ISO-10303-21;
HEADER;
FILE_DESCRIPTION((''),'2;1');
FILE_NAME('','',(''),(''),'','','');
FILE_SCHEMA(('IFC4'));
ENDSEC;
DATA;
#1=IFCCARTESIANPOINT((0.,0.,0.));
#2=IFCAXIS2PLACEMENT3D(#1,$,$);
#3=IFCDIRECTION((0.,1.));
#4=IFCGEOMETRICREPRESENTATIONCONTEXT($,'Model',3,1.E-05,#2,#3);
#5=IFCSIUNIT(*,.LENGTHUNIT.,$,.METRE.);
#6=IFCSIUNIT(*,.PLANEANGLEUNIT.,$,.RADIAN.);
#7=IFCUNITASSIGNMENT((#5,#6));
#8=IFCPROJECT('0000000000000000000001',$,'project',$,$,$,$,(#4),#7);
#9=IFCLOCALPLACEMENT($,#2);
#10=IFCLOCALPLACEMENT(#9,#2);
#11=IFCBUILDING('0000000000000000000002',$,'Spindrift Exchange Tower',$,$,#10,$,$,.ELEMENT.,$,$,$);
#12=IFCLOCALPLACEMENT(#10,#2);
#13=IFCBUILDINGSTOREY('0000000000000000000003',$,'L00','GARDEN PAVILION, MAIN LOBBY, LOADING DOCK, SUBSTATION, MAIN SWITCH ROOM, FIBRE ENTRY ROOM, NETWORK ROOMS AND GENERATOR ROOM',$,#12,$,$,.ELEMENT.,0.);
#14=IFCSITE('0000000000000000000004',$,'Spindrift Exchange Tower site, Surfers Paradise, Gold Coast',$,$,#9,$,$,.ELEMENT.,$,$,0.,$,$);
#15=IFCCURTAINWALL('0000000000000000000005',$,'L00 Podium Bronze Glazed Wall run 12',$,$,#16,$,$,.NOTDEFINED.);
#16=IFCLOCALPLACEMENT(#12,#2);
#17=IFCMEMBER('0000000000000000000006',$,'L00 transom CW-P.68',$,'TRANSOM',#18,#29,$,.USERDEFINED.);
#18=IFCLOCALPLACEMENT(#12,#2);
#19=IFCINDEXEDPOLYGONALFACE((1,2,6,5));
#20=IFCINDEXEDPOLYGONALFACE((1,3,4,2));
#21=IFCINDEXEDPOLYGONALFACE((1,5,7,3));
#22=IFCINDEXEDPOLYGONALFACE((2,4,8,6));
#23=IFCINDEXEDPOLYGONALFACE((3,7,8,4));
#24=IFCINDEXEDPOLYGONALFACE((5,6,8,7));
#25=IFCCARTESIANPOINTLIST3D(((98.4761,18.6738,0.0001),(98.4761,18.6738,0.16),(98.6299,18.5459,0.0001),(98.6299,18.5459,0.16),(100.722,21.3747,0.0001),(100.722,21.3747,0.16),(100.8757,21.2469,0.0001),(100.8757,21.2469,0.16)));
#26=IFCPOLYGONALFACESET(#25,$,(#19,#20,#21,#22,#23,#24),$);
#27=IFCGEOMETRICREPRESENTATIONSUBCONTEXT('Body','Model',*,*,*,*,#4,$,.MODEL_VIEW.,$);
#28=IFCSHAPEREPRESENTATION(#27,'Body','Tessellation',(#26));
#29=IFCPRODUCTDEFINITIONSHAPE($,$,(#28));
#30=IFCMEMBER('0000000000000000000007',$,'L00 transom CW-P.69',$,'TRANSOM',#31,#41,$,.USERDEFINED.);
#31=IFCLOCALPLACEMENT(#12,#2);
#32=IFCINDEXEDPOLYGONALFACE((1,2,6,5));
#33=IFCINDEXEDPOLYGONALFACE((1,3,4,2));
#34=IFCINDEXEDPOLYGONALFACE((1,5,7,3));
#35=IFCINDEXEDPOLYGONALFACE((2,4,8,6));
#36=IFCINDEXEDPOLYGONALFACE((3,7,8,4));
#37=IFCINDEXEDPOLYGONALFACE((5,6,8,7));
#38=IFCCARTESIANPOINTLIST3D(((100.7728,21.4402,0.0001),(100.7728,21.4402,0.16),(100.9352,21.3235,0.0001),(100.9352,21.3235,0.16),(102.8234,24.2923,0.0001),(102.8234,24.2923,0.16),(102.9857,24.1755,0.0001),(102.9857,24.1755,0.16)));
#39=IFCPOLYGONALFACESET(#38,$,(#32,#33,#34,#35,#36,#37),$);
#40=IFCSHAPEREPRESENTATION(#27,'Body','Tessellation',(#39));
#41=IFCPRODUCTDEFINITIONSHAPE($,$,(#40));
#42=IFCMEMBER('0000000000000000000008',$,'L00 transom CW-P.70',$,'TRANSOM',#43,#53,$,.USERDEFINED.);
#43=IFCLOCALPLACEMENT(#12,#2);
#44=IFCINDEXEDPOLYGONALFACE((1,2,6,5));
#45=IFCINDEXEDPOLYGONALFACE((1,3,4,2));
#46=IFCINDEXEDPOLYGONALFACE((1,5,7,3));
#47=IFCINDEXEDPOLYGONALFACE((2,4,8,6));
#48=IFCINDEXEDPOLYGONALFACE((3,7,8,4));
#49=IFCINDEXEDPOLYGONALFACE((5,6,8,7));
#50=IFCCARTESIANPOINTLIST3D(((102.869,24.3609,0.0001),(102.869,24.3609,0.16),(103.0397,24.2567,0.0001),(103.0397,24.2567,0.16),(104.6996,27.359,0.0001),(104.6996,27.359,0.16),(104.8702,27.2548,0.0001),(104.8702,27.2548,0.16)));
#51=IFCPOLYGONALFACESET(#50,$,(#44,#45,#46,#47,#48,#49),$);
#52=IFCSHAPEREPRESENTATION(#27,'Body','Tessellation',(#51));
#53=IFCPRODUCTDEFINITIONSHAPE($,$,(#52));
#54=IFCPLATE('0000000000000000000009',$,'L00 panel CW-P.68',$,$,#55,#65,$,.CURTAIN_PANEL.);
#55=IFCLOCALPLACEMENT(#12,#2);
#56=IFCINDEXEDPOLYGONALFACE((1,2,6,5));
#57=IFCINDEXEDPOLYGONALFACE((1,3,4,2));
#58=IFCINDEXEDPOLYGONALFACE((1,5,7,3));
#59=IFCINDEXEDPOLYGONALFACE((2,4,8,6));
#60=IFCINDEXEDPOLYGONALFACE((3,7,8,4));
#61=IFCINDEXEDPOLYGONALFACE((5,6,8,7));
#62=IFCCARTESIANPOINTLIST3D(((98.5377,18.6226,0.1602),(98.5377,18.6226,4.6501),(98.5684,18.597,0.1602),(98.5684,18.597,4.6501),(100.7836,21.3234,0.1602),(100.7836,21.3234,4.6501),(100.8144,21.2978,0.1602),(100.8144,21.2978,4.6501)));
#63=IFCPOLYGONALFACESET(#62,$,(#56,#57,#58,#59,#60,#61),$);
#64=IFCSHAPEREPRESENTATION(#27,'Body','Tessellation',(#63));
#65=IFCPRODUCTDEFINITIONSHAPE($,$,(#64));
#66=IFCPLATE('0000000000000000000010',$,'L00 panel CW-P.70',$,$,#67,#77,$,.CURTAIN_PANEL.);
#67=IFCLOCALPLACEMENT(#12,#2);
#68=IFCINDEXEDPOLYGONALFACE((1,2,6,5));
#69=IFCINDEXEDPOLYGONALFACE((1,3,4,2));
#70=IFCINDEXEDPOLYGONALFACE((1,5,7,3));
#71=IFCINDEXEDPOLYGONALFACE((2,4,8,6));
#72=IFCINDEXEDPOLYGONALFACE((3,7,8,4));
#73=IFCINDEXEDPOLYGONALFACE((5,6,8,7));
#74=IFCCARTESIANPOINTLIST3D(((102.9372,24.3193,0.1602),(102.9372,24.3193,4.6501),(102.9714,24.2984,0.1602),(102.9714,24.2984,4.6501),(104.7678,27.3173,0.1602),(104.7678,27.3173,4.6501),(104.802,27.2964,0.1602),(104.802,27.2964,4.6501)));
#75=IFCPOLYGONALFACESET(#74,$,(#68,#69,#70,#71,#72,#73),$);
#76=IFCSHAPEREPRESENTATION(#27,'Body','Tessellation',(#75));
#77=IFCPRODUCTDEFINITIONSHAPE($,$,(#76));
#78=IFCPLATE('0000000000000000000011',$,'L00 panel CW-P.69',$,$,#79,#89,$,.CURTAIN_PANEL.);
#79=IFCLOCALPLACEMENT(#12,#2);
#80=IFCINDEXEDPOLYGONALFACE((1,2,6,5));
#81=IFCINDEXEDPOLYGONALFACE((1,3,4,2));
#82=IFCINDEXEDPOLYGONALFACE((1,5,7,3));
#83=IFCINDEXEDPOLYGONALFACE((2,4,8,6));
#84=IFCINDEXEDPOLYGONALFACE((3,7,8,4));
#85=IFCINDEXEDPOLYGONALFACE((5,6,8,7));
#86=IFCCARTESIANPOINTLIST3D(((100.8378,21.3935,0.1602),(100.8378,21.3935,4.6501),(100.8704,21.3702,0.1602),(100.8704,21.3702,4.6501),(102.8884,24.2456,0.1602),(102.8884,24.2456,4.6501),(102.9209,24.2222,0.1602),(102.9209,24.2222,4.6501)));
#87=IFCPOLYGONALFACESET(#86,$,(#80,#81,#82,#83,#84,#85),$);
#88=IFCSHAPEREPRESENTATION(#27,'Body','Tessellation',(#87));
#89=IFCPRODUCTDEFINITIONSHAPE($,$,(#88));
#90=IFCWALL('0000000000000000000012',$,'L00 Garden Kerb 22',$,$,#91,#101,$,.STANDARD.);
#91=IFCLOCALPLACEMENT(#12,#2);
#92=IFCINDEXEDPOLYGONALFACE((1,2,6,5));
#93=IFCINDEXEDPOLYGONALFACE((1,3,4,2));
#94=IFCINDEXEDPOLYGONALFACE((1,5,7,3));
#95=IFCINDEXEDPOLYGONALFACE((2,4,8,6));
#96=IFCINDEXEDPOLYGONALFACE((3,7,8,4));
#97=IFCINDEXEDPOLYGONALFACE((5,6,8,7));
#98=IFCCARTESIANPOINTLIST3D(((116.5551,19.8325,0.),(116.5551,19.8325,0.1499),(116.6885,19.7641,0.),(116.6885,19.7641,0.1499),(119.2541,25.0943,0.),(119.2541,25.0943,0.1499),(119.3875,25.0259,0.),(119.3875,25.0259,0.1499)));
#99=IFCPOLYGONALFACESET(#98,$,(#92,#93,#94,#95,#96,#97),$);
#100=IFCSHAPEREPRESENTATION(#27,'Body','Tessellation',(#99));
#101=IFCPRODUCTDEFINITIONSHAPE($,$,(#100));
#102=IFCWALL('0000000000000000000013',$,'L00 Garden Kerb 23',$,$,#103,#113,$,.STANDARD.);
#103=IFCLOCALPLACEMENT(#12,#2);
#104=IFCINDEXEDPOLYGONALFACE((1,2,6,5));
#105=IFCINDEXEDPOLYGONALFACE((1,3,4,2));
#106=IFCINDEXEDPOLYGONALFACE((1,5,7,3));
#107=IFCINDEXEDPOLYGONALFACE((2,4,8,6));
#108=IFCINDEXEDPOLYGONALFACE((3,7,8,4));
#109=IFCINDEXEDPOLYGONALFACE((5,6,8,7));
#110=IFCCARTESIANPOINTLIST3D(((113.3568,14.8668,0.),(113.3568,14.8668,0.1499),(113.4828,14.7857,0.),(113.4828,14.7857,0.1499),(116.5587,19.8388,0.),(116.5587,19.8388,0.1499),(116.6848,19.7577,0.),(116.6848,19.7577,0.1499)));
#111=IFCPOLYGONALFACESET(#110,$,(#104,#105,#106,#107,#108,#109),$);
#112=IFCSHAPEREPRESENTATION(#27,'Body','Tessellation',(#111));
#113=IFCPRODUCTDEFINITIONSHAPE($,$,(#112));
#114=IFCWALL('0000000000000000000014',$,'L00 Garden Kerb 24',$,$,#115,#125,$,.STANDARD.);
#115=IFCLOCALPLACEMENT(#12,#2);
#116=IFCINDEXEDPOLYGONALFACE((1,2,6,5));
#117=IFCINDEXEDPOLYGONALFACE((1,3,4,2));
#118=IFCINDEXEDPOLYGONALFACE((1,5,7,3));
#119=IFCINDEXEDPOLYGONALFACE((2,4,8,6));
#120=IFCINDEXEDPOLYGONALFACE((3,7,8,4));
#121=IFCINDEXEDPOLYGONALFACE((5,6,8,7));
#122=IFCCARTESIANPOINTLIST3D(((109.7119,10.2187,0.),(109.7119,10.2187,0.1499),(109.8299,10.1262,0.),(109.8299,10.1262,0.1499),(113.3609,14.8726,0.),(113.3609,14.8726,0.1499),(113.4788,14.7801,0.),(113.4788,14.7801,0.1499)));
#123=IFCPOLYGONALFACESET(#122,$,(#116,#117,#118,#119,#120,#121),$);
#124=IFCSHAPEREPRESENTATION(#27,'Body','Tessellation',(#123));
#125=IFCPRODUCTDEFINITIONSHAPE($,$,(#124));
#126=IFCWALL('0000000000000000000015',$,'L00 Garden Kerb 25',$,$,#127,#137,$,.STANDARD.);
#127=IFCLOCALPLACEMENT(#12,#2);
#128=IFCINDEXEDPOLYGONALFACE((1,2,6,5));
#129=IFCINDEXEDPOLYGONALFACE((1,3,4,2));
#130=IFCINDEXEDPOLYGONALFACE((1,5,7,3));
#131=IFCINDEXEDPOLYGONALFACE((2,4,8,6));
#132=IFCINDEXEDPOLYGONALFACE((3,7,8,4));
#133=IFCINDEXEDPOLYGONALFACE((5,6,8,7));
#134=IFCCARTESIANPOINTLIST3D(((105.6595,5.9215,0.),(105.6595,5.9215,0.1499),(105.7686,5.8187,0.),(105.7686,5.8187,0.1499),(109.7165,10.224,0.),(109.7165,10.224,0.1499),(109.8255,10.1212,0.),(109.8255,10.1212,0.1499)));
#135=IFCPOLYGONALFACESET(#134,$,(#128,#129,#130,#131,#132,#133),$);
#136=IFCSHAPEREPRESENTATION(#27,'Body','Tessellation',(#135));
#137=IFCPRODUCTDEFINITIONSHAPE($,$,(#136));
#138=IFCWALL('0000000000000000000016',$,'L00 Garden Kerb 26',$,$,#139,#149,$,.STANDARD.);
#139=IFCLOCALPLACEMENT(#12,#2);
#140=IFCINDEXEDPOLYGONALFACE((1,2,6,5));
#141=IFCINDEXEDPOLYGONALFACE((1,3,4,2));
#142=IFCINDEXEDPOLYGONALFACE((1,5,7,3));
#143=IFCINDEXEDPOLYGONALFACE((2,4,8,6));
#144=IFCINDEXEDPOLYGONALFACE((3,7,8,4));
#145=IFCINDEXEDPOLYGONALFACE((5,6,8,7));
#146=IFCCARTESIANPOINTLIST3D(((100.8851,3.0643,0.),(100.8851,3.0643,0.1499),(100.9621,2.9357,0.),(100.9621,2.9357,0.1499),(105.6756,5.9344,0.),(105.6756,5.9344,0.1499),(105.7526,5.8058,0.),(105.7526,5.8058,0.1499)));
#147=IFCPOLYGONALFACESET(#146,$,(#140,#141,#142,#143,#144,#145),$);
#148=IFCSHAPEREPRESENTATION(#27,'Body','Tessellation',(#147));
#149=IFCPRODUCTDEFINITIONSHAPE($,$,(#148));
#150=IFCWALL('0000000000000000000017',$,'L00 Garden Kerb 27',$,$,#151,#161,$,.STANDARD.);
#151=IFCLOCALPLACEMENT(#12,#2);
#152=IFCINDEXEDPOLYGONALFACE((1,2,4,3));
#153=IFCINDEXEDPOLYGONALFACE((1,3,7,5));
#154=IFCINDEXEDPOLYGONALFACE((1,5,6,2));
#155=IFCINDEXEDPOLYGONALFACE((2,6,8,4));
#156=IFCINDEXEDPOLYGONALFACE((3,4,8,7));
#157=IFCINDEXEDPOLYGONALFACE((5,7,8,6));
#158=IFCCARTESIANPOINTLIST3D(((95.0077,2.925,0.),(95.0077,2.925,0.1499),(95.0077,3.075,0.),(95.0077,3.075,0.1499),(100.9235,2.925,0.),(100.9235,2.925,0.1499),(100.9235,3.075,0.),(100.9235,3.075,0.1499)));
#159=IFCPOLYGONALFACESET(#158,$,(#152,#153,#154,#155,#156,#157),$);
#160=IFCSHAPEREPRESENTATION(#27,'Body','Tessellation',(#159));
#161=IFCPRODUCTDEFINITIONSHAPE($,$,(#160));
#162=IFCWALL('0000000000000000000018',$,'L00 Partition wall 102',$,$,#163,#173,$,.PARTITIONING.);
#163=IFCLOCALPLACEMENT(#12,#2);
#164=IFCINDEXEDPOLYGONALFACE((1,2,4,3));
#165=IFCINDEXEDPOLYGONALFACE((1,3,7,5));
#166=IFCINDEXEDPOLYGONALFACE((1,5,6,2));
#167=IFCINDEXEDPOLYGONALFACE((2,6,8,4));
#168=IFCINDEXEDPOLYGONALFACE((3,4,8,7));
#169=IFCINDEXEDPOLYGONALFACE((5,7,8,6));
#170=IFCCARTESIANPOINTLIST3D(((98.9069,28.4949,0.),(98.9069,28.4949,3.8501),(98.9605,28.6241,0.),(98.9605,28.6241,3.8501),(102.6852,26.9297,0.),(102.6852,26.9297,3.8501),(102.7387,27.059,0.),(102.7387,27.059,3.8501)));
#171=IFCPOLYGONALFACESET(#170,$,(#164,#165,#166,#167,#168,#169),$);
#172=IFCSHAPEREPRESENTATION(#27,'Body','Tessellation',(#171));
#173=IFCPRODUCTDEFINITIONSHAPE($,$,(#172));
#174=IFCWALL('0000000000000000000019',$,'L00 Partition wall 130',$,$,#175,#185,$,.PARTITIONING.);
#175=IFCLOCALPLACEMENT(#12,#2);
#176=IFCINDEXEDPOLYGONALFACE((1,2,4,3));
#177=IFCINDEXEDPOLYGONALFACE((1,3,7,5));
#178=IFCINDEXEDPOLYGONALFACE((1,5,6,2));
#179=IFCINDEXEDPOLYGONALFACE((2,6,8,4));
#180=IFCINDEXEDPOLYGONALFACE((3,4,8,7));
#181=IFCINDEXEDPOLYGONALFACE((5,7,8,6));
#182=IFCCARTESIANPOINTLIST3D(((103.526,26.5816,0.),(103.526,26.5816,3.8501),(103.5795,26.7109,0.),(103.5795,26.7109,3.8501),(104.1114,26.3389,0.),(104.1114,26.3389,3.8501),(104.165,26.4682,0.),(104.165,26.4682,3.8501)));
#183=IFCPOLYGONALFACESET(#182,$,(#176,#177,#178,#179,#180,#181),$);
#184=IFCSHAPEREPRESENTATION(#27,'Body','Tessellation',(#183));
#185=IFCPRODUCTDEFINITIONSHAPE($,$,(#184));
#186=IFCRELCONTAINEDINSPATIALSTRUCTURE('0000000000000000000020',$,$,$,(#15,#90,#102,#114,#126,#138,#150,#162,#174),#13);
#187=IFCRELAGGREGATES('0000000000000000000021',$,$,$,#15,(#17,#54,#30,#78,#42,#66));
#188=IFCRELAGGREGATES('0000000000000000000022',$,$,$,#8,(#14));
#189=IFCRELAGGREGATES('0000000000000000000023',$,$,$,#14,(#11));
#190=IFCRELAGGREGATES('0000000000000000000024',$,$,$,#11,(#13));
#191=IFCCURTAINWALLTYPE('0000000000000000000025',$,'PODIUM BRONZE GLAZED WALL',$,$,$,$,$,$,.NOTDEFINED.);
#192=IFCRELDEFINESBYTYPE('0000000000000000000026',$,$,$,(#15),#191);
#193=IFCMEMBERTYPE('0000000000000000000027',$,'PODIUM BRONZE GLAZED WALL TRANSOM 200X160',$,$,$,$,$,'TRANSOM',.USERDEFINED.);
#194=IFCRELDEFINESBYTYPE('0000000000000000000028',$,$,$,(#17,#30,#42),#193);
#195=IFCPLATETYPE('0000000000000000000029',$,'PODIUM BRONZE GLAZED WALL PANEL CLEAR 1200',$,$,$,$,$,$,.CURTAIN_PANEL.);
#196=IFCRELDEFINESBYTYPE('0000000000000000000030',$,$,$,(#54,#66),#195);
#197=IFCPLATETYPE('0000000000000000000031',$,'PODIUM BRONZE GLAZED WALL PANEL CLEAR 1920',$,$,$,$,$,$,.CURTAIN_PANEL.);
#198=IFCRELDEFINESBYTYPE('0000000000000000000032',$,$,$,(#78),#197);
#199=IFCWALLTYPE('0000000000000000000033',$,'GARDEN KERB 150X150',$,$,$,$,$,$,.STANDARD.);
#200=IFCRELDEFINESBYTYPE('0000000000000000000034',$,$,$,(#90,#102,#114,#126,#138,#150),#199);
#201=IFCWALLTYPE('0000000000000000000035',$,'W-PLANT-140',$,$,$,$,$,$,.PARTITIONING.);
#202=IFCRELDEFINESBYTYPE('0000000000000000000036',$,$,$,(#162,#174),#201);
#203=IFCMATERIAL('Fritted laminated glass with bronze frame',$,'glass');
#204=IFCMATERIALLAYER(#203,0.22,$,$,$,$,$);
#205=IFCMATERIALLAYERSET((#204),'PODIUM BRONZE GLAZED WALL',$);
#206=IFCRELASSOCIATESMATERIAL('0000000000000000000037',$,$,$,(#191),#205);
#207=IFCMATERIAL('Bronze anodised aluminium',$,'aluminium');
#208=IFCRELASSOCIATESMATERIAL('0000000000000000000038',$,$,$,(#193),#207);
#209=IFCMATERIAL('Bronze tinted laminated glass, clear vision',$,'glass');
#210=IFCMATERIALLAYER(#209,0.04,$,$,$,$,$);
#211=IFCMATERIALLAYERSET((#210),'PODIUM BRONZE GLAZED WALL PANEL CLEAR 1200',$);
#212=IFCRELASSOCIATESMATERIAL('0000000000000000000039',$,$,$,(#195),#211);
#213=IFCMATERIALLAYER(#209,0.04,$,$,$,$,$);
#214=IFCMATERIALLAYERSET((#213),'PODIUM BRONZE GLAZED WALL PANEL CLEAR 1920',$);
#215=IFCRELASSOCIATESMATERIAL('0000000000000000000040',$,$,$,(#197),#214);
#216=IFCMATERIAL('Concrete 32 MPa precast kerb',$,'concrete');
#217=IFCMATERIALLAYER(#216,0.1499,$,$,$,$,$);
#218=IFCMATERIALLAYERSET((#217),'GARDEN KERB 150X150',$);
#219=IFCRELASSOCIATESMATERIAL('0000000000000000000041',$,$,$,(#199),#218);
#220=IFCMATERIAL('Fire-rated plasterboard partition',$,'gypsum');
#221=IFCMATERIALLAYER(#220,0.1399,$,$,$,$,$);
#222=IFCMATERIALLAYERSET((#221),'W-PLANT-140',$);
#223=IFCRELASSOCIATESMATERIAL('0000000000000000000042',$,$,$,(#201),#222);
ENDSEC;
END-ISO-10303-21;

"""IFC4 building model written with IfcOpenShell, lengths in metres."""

from ifc_helpers import new_model, si_unit, direction, frame, frame_2d, origin, origin_2d, place, context, subcontext, project, spatial, rectangle, extrude, source, transform, mapped, material, layer, layer_set, material_profile, profile_set, type_object, element, aggregate, save


model = new_model("IFC4")

# Units and contexts
model_context = context("Model", 3, precision=1e-05, world=origin(), true_north=direction((0.0, 1.0)))
body_context = subcontext(model_context, "Body", "Model", "MODEL_VIEW")
ifc_project = project(units=[si_unit("LENGTHUNIT", "METRE"), si_unit("PLANEANGLEUNIT", "RADIAN")], contexts=[model_context])

# Site, building, storey
site_placement = place(None, origin())
site = spatial("IfcSite", under=ifc_project, at=site_placement, Name="Spindrift Exchange Tower site, Surfers Paradise, Gold Coast", CompositionType="ELEMENT", RefElevation=0.0)
building_placement = place(site_placement, origin())
building = spatial("IfcBuilding", under=site, at=building_placement, Name="Spindrift Exchange Tower", CompositionType="ELEMENT")
storey_placement = place(building_placement, origin())
storey = spatial("IfcBuildingStorey", under=building, at=storey_placement, Name="L00", Description="GARDEN PAVILION, MAIN LOBBY, LOADING DOCK, SUBSTATION, MAIN SWITCH ROOM, FIBRE ENTRY ROOM, NETWORK ROOMS AND GENERATOR ROOM", CompositionType="ELEMENT", Elevation=0.0)

# Curtain wall, members, plates
ifc_material_1 = material(Name="Fritted laminated glass with bronze frame", Category="glass")
ifc_layer_1 = layer(ifc_material_1, 0.22)
ifc_layer_set_1 = layer_set([ifc_layer_1], Name="PODIUM BRONZE GLAZED WALL")
curtain_wall_type = type_object("IfcCurtainWallType", Name="PODIUM BRONZE GLAZED WALL", PredefinedType="NOTDEFINED", material=ifc_layer_set_1)
curtain_wall_placement = place(storey_placement, origin())
curtain_wall = element("IfcCurtainWall", 1, at=curtain_wall_placement, inside=storey, type_object=curtain_wall_type, Name="L00 Podium Bronze Glazed Wall run 12", PredefinedType="NOTDEFINED")
ifc_material_2 = material(Name="Bronze anodised aluminium", Category="aluminium")
ifc_material_profile_1 = material_profile(ifc_material_2, rectangle(XDim=0.2, YDim=0.1599, at=origin_2d()), Name="PODIUM BRONZE GLAZED WALL TRANSOM 200X160")
ifc_profile_set_1 = profile_set([ifc_material_profile_1], Name="Bronze anodised aluminium")
member_type_1 = type_object("IfcMemberType", Name="PODIUM BRONZE GLAZED WALL TRANSOM 200X160", ElementType="TRANSOM", PredefinedType="USERDEFINED", material=ifc_profile_set_1)
shared_shape_1 = source(origin(), body_context, "Body", "SweptSolid", [
    extrude(rectangle(XDim=0.2, YDim=0.1599, at=origin_2d()), origin(), (0.0, 0.0, 1.0), 3.5127),
])
member_1_placement = place(storey_placement, frame((98.553, 18.6099, 0.0801), z_axis=(0.639357, 0.76891, 0.0), x_axis=(-0.76891, 0.639357, 0.0)))
member_1 = element("IfcMember", 2, at=member_1_placement, type_object=member_type_1, Name="L00 transom CW-P.68", ObjectType="TRANSOM", PredefinedType="USERDEFINED", context=body_context, shape_type="MappedRepresentation", body=[
    mapped(shared_shape_1, transform((0.0, 0.0, 0.0), scale=1.0)),
])
member_2_placement = place(storey_placement, frame((100.854, 21.3818, 0.0801), z_axis=(0.583753, 0.811931, 0.0), x_axis=(-0.811931, 0.583753, 0.0)))
member_2 = element("IfcMember", 3, at=member_2_placement, type_object=member_type_1, Name="L00 transom CW-P.69", ObjectType="TRANSOM", PredefinedType="USERDEFINED", context=body_context, shape_type="MappedRepresentation", body=[
    mapped(shared_shape_1, transform((0.0, 0.0, 0.0), scale=1.0)),
])
member_3_placement = place(storey_placement, frame((102.9543, 24.3088, 0.0801), z_axis=(0.521124, 0.853481, 0.0), x_axis=(-0.853481, 0.521124, 0.0)))
member_3 = element("IfcMember", 4, at=member_3_placement, type_object=member_type_1, Name="L00 transom CW-P.70", ObjectType="TRANSOM", PredefinedType="USERDEFINED", context=body_context, shape_type="MappedRepresentation", body=[
    mapped(shared_shape_1, transform((0.0, 0.0, 0.0), scale=1.0)),
])
ifc_material_3 = material(Name="Bronze tinted laminated glass, clear vision", Category="glass")
ifc_layer_2 = layer(ifc_material_3, 0.04)
ifc_layer_set_2 = layer_set([ifc_layer_2], Name="PODIUM BRONZE GLAZED WALL PANEL CLEAR 1200")
plate_type_1 = type_object("IfcPlateType", Name="PODIUM BRONZE GLAZED WALL PANEL CLEAR 1200", PredefinedType="CURTAIN_PANEL", material=ifc_layer_set_2)
shared_shape_2 = source(origin(), body_context, "Body", "SweptSolid", [
    extrude(rectangle(XDim=3.5127, YDim=0.04, at=origin_2d()), origin(), (0.0, 0.0, 1.0), 4.49),
])
plate_1_placement = place(storey_placement, frame((99.676, 19.9602, 0.1602), z_axis=(0.0, 0.0, 1.0), x_axis=(0.639379, 0.768892, 0.0)))
plate_1 = element("IfcPlate", 5, at=plate_1_placement, type_object=plate_type_1, Name="L00 panel CW-P.68", PredefinedType="CURTAIN_PANEL", context=body_context, shape_type="MappedRepresentation", body=[
    mapped(shared_shape_2, transform((0.0, 0.0, 0.0), scale=1.0)),
])
plate_2_placement = place(storey_placement, frame((103.8696, 25.8079, 0.1602), z_axis=(0.0, 0.0, 1.0), x_axis=(0.521138, 0.853473, 0.0)))
plate_2 = element("IfcPlate", 6, at=plate_2_placement, type_object=plate_type_1, Name="L00 panel CW-P.70", PredefinedType="CURTAIN_PANEL", context=body_context, shape_type="MappedRepresentation", body=[
    mapped(shared_shape_2, transform((0.0, 0.0, 0.0), scale=1.0)),
])
ifc_layer_3 = layer(ifc_material_3, 0.04)
ifc_layer_set_3 = layer_set([ifc_layer_3], Name="PODIUM BRONZE GLAZED WALL PANEL CLEAR 1920")
plate_type_2 = type_object("IfcPlateType", Name="PODIUM BRONZE GLAZED WALL PANEL CLEAR 1920", PredefinedType="CURTAIN_PANEL", material=ifc_layer_set_3)
shared_shape_3 = source(origin(), body_context, "Body", "SweptSolid", [
    extrude(rectangle(XDim=3.5127, YDim=0.04, at=origin_2d()), origin(), (0.0, 0.0, 1.0), 4.49),
])
plate_3_placement = place(storey_placement, frame((101.8794, 22.8079, 0.1602), z_axis=(0.0, 0.0, 1.0), x_axis=(0.583767, 0.811922, 0.0)))
plate_3 = element("IfcPlate", 7, at=plate_3_placement, type_object=plate_type_2, Name="L00 panel CW-P.69", PredefinedType="CURTAIN_PANEL", context=body_context, shape_type="MappedRepresentation", body=[
    mapped(shared_shape_3, transform((0.0, 0.0, 0.0), scale=1.0)),
])
aggregate(curtain_wall, [member_1, plate_1, member_2, plate_3, member_3, plate_2])

# Walls
ifc_material_4 = material(Name="Concrete 32 MPa precast kerb", Category="concrete")
ifc_layer_4 = layer(ifc_material_4, 0.1499)
ifc_layer_set_4 = layer_set([ifc_layer_4], Name="GARDEN KERB 150X150")
wall_type_1 = type_object("IfcWallType", Name="GARDEN KERB 150X150", PredefinedType="STANDARD", material=ifc_layer_set_4)
wall_1_placement = place(storey_placement, frame((119.3208, 25.0601, 0.0), z_axis=(0.0, 0.0, 1.0), x_axis=(-0.456405, -0.889772, 0.0)))
element("IfcWall", 8, at=wall_1_placement, inside=storey, type_object=wall_type_1, Name="L00 Garden Kerb 22", PredefinedType="STANDARD", context=body_context, shape_type="SweptSolid", body=[
    extrude(rectangle(XDim=5.9136, YDim=0.1499, at=frame_2d((2.9568, 0.0))), origin(), (0.0, 0.0, 1.0), 0.1499),
])
for number, where, z_axis, x_axis, name in (
    (9, (116.6218, 19.7983, 0.0), (0.0, 0.0, 1.0), (-0.541436, -0.840742, 0.0), "L00 Garden Kerb 23"),
    (10, (113.4199, 14.8264, 0.0), (0.0, 0.0, 1.0), (-0.617023, -0.786945, 0.0), "L00 Garden Kerb 24"),
):
    element("IfcWall", number, at=place(storey_placement, frame(where, z_axis=z_axis, x_axis=x_axis)), inside=storey, type_object=wall_type_1, Name=name, PredefinedType="STANDARD", context=body_context, shape_type="SweptSolid", body=[
        extrude(rectangle(XDim=5.9138, YDim=0.1499, at=frame_2d((2.957, 0.0))), origin(), (0.0, 0.0, 1.0), 0.1499),
    ])
wall_2_placement = place(storey_placement, frame((109.771, 10.1726, 0.0), z_axis=(0.0, 0.0, 1.0), x_axis=(-0.686035, -0.727568, 0.0)))
element("IfcWall", 11, at=wall_2_placement, inside=storey, type_object=wall_type_1, Name="L00 Garden Kerb 25", PredefinedType="STANDARD", context=body_context, shape_type="SweptSolid", body=[
    extrude(rectangle(XDim=5.9136, YDim=0.1499, at=frame_2d((2.9568, 0.0))), origin(), (0.0, 0.0, 1.0), 0.1499),
])
wall_3_placement = place(storey_placement, frame((105.7141, 5.8701, 0.0), z_axis=(0.0, 0.0, 1.0), x_axis=(-0.857824, -0.513943, 0.0)))
element("IfcWall", 12, at=wall_3_placement, inside=storey, type_object=wall_type_1, Name="L00 Garden Kerb 26", PredefinedType="STANDARD", context=body_context, shape_type="SweptSolid", body=[
    extrude(rectangle(XDim=5.5845, YDim=0.1499, at=frame_2d((2.7922, 0.0))), origin(), (0.0, 0.0, 1.0), 0.1499),
])
wall_4_placement = place(storey_placement, frame((100.9236, 3.0, 0.0), z_axis=(0.0, 0.0, 1.0), x_axis=(-1.0, 0.0, 0.0)))
element("IfcWall", 13, at=wall_4_placement, inside=storey, type_object=wall_type_1, Name="L00 Garden Kerb 27", PredefinedType="STANDARD", context=body_context, shape_type="SweptSolid", body=[
    extrude(rectangle(XDim=5.9158, YDim=0.1499, at=frame_2d((2.958, 0.0))), origin(), (0.0, 0.0, 1.0), 0.1499),
])

# Walls
ifc_material_5 = material(Name="Fire-rated plasterboard partition", Category="gypsum")
ifc_layer_5 = layer(ifc_material_5, 0.1399)
ifc_layer_set_5 = layer_set([ifc_layer_5], Name="W-PLANT-140")
wall_type_2 = type_object("IfcWallType", Name="W-PLANT-140", PredefinedType="PARTITIONING", material=ifc_layer_set_5)
wall_5_placement = place(storey_placement, frame((98.9336, 28.5596, 0.0), z_axis=(0.0, 0.0, 1.0), x_axis=(0.923866, -0.382716, 0.0)))
element("IfcWall", 14, at=wall_5_placement, inside=storey, type_object=wall_type_2, Name="L00 Partition wall 102", PredefinedType="PARTITIONING", context=body_context, shape_type="SweptSolid", body=[
    extrude(rectangle(XDim=4.0896, YDim=0.1399, at=frame_2d((2.0449, 0.0))), origin(), (0.0, 0.0, 1.0), 3.8501),
])
wall_6_placement = place(storey_placement, frame((103.5527, 26.6462, 0.0), z_axis=(0.0, 0.0, 1.0), x_axis=(0.923782, -0.382919, 0.0)))
element("IfcWall", 15, at=wall_6_placement, inside=storey, type_object=wall_type_2, Name="L00 Partition wall 130", PredefinedType="PARTITIONING", context=body_context, shape_type="SweptSolid", body=[
    extrude(rectangle(XDim=0.6338, YDim=0.1399, at=frame_2d((0.3169, 0.0))), origin(), (0.0, 0.0, 1.0), 3.8501),
])

save(model, "model.ifc")
